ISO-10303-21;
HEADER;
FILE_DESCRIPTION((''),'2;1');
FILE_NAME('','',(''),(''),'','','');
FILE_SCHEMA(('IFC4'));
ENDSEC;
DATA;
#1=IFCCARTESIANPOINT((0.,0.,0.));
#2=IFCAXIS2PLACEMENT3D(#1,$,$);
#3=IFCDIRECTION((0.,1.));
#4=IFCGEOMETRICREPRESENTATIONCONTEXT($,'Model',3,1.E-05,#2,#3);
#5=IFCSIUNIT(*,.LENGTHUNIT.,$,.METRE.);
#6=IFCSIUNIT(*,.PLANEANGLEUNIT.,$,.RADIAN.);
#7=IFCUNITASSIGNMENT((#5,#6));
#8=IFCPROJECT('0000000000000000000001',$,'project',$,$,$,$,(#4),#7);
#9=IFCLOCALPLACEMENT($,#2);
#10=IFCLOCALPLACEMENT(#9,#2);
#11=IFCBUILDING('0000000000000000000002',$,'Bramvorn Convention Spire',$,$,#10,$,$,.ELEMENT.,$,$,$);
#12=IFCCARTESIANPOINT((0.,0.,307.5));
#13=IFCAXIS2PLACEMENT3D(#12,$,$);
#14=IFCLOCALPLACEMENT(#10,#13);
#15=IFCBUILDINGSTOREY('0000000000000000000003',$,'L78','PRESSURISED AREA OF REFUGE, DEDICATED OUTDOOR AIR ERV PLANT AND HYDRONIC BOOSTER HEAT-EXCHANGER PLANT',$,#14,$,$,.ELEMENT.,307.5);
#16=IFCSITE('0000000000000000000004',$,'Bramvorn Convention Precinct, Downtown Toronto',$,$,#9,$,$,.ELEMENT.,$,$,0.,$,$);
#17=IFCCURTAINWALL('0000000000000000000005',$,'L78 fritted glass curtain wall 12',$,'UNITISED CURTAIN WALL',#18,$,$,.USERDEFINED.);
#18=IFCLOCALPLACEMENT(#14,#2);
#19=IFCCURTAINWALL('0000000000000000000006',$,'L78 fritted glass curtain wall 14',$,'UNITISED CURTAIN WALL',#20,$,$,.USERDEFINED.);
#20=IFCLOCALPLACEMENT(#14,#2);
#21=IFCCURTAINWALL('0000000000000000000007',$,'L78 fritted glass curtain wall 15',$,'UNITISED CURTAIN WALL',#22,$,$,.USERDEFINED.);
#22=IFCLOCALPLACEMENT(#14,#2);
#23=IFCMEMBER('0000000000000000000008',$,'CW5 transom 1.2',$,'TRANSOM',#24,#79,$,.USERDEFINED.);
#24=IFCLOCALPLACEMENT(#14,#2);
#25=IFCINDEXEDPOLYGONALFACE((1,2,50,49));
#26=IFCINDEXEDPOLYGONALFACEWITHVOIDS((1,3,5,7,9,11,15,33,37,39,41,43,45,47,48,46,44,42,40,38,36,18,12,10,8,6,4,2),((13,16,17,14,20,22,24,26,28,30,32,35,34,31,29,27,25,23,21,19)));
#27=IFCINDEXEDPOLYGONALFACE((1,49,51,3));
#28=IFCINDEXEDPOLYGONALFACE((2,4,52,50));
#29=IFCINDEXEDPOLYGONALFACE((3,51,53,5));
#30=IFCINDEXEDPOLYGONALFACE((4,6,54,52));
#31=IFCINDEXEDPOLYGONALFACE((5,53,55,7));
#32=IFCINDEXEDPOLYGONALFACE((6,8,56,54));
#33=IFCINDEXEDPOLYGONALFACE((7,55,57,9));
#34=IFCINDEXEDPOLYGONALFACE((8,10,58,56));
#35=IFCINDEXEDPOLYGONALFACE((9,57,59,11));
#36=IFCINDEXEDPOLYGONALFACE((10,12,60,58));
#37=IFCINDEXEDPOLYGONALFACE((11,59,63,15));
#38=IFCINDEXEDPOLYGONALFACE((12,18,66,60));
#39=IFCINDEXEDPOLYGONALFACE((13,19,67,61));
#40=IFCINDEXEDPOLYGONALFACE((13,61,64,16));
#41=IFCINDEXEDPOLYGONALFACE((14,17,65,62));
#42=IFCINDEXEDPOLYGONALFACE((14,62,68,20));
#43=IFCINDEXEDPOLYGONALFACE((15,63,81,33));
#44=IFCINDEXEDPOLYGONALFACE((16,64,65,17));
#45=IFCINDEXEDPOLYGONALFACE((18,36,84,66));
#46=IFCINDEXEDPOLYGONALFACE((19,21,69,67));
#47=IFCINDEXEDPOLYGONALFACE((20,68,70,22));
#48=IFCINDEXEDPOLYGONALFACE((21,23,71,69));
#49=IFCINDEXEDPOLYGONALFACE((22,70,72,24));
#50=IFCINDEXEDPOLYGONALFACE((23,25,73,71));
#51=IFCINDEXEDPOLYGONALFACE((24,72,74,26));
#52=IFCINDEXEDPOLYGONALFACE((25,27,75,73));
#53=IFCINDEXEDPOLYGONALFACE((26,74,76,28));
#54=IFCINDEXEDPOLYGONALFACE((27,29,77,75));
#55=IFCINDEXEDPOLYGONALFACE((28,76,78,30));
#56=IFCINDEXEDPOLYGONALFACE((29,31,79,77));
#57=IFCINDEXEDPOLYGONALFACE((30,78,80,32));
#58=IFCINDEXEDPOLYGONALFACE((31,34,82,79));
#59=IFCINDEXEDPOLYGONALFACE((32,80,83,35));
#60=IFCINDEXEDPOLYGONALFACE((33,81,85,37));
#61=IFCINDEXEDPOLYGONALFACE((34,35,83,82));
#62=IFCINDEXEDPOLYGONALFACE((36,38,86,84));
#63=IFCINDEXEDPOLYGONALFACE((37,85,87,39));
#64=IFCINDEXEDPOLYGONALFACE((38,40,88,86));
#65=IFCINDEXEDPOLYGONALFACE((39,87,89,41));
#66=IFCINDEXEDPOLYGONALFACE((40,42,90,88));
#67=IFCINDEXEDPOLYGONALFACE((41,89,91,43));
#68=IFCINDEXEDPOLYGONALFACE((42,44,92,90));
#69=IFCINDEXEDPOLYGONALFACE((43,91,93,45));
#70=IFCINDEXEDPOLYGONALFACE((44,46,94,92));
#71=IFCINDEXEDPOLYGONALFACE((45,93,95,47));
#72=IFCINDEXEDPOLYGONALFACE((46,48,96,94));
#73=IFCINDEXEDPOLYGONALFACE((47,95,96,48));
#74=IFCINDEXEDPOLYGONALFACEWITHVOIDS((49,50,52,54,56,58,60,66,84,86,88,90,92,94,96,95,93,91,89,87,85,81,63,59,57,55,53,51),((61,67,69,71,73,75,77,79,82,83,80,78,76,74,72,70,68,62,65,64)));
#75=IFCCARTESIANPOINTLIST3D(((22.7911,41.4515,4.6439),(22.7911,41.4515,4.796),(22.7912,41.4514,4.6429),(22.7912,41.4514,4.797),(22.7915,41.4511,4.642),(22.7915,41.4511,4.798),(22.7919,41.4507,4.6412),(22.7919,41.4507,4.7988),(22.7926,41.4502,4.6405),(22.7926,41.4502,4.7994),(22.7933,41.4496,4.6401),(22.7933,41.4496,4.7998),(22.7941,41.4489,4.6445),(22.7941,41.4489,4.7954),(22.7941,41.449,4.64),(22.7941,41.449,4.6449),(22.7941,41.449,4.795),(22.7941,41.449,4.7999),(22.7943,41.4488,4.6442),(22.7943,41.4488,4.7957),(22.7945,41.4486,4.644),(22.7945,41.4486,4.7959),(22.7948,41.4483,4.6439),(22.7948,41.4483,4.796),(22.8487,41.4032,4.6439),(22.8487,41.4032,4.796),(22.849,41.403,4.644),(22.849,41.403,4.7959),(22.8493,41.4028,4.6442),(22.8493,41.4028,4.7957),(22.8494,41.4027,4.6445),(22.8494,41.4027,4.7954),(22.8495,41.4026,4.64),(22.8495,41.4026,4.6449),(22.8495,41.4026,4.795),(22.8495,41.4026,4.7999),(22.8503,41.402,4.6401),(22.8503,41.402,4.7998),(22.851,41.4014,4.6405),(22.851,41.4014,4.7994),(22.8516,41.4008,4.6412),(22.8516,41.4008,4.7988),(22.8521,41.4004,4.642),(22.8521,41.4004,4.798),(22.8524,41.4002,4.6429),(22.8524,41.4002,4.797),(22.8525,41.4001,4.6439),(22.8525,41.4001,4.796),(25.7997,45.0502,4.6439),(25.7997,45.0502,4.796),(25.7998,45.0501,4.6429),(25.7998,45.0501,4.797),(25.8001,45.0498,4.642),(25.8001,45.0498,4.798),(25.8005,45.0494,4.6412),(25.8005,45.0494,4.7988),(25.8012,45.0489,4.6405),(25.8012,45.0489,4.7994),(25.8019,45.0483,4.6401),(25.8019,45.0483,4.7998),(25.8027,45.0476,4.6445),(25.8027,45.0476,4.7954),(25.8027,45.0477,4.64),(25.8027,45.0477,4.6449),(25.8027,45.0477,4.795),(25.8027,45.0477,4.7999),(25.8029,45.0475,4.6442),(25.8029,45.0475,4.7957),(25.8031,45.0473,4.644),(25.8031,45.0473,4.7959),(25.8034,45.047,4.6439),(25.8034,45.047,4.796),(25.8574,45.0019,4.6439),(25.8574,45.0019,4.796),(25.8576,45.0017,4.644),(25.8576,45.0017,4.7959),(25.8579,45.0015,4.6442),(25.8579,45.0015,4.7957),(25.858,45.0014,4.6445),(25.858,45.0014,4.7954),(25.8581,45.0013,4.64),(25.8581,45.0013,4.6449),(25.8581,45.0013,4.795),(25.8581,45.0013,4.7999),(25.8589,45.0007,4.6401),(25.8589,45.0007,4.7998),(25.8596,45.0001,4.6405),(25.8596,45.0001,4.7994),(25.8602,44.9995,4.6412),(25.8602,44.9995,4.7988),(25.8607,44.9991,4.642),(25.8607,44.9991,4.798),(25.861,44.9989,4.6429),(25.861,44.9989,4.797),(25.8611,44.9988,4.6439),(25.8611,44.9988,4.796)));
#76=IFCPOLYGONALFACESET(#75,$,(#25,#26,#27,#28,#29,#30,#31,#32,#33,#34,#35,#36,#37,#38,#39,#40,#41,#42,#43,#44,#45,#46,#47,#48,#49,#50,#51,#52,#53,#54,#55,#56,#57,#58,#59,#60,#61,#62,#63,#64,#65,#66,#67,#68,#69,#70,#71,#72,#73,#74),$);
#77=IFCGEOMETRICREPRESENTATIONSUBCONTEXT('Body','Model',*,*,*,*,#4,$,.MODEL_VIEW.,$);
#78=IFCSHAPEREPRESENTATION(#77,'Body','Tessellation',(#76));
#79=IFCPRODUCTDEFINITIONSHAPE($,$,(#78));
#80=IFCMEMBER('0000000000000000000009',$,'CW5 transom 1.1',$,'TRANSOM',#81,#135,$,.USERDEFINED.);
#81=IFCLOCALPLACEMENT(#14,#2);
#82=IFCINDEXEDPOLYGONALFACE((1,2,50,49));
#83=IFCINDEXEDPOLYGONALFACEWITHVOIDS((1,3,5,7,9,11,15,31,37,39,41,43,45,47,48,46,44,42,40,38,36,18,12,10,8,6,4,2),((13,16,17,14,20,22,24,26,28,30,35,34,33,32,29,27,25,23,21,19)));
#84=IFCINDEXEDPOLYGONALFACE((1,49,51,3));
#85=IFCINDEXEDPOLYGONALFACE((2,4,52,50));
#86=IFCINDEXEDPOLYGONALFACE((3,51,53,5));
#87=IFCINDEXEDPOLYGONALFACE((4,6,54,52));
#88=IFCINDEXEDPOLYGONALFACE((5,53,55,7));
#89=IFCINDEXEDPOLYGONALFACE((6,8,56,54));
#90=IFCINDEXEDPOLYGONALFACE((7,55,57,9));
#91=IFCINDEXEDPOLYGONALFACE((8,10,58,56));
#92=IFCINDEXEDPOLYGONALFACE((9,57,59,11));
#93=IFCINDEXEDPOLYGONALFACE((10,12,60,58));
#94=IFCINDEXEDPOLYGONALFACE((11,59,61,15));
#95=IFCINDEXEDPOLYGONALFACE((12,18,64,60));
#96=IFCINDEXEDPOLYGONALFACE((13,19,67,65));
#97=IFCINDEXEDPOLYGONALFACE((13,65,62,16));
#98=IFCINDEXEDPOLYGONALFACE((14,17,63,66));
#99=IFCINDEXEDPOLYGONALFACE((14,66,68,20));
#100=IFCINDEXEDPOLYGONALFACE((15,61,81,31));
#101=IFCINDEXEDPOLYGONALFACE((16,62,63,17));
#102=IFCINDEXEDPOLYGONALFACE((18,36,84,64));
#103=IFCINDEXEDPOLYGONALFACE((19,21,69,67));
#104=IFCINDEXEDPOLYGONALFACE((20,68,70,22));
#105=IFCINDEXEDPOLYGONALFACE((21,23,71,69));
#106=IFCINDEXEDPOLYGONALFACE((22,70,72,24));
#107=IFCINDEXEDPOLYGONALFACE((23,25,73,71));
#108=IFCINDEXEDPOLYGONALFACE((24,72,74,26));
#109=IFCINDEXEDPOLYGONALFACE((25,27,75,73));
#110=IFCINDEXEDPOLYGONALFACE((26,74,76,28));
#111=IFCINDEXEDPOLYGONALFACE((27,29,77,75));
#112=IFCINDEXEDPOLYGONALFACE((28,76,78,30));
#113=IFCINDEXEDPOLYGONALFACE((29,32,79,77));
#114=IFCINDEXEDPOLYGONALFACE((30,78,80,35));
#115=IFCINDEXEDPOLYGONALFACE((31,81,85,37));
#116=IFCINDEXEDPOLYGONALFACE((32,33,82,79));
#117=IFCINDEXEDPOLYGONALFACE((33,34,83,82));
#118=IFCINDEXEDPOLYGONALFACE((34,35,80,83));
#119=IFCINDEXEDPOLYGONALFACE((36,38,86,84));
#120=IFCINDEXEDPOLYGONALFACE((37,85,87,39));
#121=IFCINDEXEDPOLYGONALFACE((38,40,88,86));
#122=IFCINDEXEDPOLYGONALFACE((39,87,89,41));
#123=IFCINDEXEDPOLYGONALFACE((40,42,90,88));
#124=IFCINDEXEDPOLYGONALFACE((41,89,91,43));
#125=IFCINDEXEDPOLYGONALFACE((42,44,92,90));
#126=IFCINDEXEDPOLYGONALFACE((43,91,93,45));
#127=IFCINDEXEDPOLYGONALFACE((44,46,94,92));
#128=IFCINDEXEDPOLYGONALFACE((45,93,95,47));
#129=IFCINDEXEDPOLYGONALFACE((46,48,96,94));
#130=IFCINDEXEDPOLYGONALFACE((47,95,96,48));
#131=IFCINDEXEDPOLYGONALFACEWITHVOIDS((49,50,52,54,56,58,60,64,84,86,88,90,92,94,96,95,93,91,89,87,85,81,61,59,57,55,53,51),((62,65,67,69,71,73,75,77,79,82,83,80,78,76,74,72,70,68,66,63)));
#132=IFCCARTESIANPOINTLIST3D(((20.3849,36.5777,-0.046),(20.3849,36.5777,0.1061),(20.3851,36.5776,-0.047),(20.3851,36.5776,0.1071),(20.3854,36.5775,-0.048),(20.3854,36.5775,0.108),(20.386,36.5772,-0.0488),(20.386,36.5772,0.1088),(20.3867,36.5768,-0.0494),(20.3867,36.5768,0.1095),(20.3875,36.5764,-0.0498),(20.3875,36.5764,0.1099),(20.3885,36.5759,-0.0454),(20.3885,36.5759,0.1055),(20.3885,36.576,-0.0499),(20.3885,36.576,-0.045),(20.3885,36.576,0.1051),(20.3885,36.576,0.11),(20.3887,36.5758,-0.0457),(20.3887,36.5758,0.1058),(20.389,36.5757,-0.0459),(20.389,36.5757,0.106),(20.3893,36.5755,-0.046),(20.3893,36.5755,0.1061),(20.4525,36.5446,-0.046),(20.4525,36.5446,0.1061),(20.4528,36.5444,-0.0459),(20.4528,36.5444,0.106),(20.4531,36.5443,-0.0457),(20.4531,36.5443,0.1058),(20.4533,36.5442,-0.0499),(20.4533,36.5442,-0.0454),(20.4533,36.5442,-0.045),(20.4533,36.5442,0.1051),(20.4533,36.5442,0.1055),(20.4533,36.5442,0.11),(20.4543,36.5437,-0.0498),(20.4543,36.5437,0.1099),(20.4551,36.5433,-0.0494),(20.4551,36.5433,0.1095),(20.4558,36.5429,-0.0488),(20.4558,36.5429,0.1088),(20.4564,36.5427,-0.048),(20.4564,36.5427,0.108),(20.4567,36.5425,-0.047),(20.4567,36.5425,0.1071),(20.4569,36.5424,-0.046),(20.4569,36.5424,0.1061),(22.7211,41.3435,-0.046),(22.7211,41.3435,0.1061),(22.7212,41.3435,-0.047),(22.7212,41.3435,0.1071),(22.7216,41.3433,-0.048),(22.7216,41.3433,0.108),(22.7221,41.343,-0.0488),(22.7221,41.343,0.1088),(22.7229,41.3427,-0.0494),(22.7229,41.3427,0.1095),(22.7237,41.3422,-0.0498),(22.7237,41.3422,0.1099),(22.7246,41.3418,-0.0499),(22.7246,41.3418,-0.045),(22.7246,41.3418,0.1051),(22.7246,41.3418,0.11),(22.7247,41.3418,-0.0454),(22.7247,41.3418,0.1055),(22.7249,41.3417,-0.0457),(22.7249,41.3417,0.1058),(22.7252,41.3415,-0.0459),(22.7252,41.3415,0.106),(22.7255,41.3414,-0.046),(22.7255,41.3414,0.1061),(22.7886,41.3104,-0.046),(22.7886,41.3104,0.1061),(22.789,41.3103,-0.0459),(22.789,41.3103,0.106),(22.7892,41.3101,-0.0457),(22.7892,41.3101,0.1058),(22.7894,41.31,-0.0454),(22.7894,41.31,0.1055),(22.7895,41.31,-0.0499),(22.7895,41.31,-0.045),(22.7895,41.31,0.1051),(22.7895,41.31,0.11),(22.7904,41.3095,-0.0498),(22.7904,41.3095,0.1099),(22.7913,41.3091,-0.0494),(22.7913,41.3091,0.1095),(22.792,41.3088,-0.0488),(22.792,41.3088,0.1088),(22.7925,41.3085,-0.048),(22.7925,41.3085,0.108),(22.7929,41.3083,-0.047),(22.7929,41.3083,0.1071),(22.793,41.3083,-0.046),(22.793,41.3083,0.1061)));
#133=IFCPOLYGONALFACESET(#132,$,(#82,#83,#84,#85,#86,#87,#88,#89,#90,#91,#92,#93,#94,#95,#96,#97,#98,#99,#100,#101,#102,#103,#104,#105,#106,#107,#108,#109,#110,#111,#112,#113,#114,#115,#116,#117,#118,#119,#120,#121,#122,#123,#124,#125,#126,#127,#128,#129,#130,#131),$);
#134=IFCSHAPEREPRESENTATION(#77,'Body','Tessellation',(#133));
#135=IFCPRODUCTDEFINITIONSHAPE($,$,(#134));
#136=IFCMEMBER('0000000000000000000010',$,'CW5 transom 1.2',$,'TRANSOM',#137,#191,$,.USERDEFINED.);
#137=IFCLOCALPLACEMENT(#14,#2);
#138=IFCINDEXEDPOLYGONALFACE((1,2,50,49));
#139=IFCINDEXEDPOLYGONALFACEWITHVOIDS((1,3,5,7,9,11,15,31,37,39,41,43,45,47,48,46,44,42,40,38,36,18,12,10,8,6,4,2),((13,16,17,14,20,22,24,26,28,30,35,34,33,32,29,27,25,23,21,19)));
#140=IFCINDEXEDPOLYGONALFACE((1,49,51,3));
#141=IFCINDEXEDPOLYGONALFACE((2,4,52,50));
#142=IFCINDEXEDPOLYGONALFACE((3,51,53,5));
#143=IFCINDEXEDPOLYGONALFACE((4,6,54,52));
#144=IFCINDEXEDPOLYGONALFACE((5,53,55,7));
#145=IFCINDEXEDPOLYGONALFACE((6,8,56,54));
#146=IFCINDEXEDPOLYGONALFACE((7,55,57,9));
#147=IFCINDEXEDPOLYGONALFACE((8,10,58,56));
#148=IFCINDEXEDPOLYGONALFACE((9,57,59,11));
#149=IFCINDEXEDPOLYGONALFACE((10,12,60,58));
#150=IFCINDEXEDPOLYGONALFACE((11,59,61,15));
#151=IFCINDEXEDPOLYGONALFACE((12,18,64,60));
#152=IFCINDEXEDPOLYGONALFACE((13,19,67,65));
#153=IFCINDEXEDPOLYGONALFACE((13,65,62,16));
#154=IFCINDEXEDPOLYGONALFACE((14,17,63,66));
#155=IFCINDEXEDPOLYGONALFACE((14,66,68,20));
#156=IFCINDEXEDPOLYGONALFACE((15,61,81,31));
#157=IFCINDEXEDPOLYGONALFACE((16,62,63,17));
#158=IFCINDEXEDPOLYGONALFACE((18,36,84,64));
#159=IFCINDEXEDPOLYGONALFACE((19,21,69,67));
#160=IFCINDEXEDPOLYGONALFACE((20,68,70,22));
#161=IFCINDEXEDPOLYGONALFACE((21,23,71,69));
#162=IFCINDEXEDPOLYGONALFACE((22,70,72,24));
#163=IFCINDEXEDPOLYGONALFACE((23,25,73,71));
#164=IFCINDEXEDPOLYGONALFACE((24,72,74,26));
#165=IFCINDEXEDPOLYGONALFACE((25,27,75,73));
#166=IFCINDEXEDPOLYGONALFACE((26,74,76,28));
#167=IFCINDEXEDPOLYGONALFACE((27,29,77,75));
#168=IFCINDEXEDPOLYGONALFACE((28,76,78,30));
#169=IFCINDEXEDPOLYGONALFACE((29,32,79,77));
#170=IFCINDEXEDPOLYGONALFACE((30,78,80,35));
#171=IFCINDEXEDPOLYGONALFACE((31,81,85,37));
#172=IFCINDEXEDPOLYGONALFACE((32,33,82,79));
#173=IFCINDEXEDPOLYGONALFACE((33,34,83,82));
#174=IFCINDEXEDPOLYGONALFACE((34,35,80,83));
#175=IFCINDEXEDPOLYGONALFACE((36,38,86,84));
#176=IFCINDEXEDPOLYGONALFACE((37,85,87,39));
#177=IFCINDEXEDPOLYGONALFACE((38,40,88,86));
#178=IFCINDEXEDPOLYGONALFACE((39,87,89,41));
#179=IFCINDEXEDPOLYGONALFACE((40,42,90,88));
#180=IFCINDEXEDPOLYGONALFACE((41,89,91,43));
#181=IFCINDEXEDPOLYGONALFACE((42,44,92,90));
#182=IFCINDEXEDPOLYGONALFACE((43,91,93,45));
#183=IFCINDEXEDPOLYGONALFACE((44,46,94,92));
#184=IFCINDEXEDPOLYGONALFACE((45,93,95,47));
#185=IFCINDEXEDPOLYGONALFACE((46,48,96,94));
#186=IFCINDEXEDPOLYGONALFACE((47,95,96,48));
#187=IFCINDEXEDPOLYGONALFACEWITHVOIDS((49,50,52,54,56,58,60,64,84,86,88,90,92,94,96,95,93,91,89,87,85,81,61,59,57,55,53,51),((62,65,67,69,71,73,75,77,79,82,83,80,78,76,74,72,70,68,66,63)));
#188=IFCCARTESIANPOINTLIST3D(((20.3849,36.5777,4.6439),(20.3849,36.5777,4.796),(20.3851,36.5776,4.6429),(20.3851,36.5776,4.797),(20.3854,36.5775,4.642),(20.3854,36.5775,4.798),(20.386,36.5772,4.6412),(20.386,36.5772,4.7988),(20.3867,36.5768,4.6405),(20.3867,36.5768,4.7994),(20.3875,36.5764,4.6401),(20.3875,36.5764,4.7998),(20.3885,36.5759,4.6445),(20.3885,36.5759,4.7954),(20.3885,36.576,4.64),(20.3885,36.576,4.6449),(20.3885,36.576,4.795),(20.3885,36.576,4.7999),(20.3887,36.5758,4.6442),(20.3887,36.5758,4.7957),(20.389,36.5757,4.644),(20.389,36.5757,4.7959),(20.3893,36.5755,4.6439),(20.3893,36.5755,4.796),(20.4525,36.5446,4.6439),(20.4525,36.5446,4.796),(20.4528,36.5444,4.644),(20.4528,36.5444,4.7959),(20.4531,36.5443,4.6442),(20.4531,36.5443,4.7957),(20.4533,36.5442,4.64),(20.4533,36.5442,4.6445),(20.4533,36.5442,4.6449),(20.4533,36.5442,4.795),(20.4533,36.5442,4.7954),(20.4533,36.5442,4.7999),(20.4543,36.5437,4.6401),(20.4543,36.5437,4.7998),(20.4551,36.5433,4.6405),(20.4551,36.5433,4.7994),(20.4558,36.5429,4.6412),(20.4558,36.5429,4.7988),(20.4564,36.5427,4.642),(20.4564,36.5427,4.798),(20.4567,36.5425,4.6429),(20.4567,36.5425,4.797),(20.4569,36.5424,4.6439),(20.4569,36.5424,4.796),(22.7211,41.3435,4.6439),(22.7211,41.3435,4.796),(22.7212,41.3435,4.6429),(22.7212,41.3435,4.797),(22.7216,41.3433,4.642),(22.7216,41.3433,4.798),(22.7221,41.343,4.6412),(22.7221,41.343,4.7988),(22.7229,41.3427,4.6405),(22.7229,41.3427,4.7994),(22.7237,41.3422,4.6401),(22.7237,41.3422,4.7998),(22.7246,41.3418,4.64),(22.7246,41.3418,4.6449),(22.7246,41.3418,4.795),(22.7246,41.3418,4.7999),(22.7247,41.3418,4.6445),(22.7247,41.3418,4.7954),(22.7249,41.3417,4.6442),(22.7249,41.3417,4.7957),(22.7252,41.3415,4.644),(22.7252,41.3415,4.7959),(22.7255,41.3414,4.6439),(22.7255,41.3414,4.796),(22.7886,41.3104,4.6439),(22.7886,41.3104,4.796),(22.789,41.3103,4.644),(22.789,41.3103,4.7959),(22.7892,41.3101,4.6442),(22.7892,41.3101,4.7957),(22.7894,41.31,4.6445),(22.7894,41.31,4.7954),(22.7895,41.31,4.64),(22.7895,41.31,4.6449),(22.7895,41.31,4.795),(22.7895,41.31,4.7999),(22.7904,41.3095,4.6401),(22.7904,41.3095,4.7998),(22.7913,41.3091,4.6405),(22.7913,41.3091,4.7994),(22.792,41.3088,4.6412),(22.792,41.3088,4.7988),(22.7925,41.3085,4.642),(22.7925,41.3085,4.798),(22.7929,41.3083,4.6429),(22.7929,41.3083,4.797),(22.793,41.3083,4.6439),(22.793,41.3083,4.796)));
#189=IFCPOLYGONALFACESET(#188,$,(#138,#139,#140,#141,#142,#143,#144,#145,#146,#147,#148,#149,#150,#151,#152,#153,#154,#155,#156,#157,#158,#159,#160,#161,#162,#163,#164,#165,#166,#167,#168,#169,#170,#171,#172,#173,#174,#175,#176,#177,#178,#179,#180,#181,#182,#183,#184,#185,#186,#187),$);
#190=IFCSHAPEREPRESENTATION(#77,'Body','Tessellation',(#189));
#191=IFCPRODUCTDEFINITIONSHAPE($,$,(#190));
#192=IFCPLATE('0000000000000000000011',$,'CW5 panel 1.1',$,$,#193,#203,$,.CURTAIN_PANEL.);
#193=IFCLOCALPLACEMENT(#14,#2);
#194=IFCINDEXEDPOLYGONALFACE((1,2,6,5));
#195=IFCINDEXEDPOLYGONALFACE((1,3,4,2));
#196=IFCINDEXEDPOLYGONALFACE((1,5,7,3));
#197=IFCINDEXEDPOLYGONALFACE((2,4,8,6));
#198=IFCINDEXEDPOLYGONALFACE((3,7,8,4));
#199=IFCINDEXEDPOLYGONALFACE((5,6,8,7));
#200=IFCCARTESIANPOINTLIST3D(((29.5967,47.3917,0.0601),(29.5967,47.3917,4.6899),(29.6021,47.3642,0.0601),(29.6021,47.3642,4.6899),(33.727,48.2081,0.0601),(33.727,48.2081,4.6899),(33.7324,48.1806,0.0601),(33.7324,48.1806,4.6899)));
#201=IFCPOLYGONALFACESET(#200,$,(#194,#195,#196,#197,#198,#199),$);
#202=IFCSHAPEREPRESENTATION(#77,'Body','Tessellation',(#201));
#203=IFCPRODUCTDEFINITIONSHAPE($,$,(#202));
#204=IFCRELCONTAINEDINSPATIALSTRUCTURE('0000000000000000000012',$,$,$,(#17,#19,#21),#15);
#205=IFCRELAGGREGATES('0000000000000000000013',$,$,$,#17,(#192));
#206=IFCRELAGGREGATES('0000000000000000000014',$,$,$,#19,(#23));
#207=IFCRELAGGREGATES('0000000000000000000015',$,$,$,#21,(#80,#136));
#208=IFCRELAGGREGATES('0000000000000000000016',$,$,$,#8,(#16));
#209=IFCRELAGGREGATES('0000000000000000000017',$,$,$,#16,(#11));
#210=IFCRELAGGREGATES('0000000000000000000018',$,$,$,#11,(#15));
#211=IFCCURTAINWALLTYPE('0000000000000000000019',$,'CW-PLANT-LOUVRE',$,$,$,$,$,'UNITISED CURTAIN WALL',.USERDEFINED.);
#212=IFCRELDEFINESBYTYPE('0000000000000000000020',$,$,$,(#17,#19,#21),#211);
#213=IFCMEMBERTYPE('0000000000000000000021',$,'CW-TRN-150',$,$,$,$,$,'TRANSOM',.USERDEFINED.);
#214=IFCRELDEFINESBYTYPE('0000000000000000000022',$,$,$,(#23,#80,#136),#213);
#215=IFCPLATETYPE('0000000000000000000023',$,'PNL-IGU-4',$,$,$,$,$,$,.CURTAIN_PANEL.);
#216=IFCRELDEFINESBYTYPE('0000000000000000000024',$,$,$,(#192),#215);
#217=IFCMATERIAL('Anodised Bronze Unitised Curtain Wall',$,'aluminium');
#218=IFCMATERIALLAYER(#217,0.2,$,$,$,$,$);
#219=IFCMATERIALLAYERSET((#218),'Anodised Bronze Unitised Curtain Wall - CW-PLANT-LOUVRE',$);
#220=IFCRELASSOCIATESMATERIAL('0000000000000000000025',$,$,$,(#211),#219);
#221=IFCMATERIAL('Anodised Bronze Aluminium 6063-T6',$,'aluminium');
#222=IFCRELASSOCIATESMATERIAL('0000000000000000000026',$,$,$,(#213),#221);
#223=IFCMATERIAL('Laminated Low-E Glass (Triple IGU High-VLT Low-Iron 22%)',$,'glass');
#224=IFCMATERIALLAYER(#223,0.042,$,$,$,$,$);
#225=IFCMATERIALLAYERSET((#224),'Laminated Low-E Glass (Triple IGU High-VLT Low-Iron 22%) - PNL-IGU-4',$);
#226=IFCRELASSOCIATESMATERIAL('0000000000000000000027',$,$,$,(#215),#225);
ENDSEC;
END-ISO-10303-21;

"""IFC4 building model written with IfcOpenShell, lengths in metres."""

from ifc_helpers import new_model, si_unit, direction, frame, origin, origin_2d, place, context, subcontext, project, spatial, rectangle, hollow_rectangle, extrude, material, layer, layer_set, material_profile, profile_set, type_object, element, aggregate, save


model = new_model("IFC4")

# Units and contexts
model_context = context("Model", 3, precision=1e-05, world=origin(), true_north=direction((0.0, 1.0)))
body_context = subcontext(model_context, "Body", "Model", "MODEL_VIEW")
ifc_project = project(units=[si_unit("LENGTHUNIT", "METRE"), si_unit("PLANEANGLEUNIT", "RADIAN")], contexts=[model_context])

# Site, building, storey
site_placement = place(None, origin())
site = spatial("IfcSite", under=ifc_project, at=site_placement, Name="Bramvorn Convention Precinct, Downtown Toronto", CompositionType="ELEMENT", RefElevation=0.0)
building_placement = place(site_placement, origin())
building = spatial("IfcBuilding", under=site, at=building_placement, Name="Bramvorn Convention Spire", CompositionType="ELEMENT")
storey_placement = place(building_placement, frame((0.0, 0.0, 307.5)))
storey = spatial("IfcBuildingStorey", under=building, at=storey_placement, Name="L78", Description="PRESSURISED AREA OF REFUGE, DEDICATED OUTDOOR AIR ERV PLANT AND HYDRONIC BOOSTER HEAT-EXCHANGER PLANT", CompositionType="ELEMENT", Elevation=307.5)

# Shared definitions
ifc_material_1 = material(Name="Anodised Bronze Unitised Curtain Wall", Category="aluminium")
ifc_layer_1 = layer(ifc_material_1, 0.2)
ifc_layer_set_1 = layer_set([ifc_layer_1], Name="Anodised Bronze Unitised Curtain Wall - CW-PLANT-LOUVRE")
curtain_wall_type = type_object("IfcCurtainWallType", Name="CW-PLANT-LOUVRE", ElementType="UNITISED CURTAIN WALL", PredefinedType="USERDEFINED", material=ifc_layer_set_1)
ifc_material_2 = material(Name="Anodised Bronze Aluminium 6063-T6", Category="aluminium")

# Curtain walls
curtain_wall_1_placement = place(storey_placement, origin())
curtain_wall_1 = element("IfcCurtainWall", 1, at=curtain_wall_1_placement, inside=storey, type_object=curtain_wall_type, Name="L78 fritted glass curtain wall 12", ObjectType="UNITISED CURTAIN WALL", PredefinedType="USERDEFINED")
curtain_wall_2_placement = place(storey_placement, origin())
curtain_wall_2 = element("IfcCurtainWall", 2, at=curtain_wall_2_placement, inside=storey, type_object=curtain_wall_type, Name="L78 fritted glass curtain wall 14", ObjectType="UNITISED CURTAIN WALL", PredefinedType="USERDEFINED")
curtain_wall_3_placement = place(storey_placement, origin())
curtain_wall_3 = element("IfcCurtainWall", 3, at=curtain_wall_3_placement, inside=storey, type_object=curtain_wall_type, Name="L78 fritted glass curtain wall 15", ObjectType="UNITISED CURTAIN WALL", PredefinedType="USERDEFINED")

# Members
ifc_material_profile_1 = material_profile(ifc_material_2, hollow_rectangle(XDim=0.0801, YDim=0.1599, WallThickness=0.0039, InnerFilletRadius=0.001, OuterFilletRadius=0.0039, at=origin_2d()))
ifc_profile_set_1 = profile_set([ifc_material_profile_1], Name="Anodised Bronze Aluminium 6063-T6 - CWT80X160")
member_type_1 = type_object("IfcMemberType", Name="CW-TRN-150", ElementType="TRANSOM", PredefinedType="USERDEFINED", material=ifc_profile_set_1)
member_1_placement = place(storey_placement, frame((22.8218, 41.4258, 4.72), z_axis=(0.641402, 0.767205, 0.0), x_axis=(-0.767205, 0.641402, 0.0)))
member_1 = element("IfcMember", 4, at=member_1_placement, type_object=member_type_1, Name="CW5 transom 1.2", ObjectType="TRANSOM", PredefinedType="USERDEFINED", context=body_context, shape_type="SweptSolid", body=[
    extrude(hollow_rectangle(XDim=0.0801, YDim=0.1599, WallThickness=0.0039, InnerFilletRadius=0.001, OuterFilletRadius=0.0039, at=origin_2d()), origin(), (0.0, 0.0, 1.0), 4.6907),
])
member_2_placement = place(storey_placement, frame((20.4209, 36.5601, 0.03), z_axis=(0.440153, 0.897923, 0.0), x_axis=(-0.897923, 0.440153, 0.0)))
member_2 = element("IfcMember", 5, at=member_2_placement, type_object=member_type_1, Name="CW5 transom 1.1", ObjectType="TRANSOM", PredefinedType="USERDEFINED", context=body_context, shape_type="SweptSolid", body=[
    extrude(hollow_rectangle(XDim=0.0801, YDim=0.1599, WallThickness=0.0039, InnerFilletRadius=0.001, OuterFilletRadius=0.0039, at=origin_2d()), origin(), (0.0, 0.0, 1.0), 5.3076),
])
member_3_placement = place(storey_placement, frame((20.4209, 36.5601, 4.72), z_axis=(0.440153, 0.897923, 0.0), x_axis=(-0.897923, 0.440153, 0.0)))
member_3 = element("IfcMember", 6, at=member_3_placement, type_object=member_type_1, Name="CW5 transom 1.2", ObjectType="TRANSOM", PredefinedType="USERDEFINED", context=body_context, shape_type="SweptSolid", body=[
    extrude(hollow_rectangle(XDim=0.0801, YDim=0.1599, WallThickness=0.0039, InnerFilletRadius=0.001, OuterFilletRadius=0.0039, at=origin_2d()), origin(), (0.0, 0.0, 1.0), 5.3076),
])

# Plate
ifc_material_3 = material(Name="Laminated Low-E Glass (Triple IGU High-VLT Low-Iron 22%)", Category="glass")
ifc_layer_2 = layer(ifc_material_3, 0.042)
ifc_layer_set_2 = layer_set([ifc_layer_2], Name="Laminated Low-E Glass (Triple IGU High-VLT Low-Iron 22%) - PNL-IGU-4")
plate_type = type_object("IfcPlateType", Name="PNL-IGU-4", PredefinedType="CURTAIN_PANEL", material=ifc_layer_set_2)
plate_1_placement = place(storey_placement, frame((31.6646, 47.7861, 0.0601), z_axis=(0.0, 0.0, 1.0), x_axis=(0.981019, 0.193913, 0.0)))
plate_1 = element("IfcPlate", 7, at=plate_1_placement, type_object=plate_type, Name="CW5 panel 1.1", PredefinedType="CURTAIN_PANEL", context=body_context, shape_type="SweptSolid", body=[
    extrude(rectangle(XDim=4.2102, YDim=0.0281, at=origin_2d()), origin(), (0.0, 0.0, 1.0), 4.6299),
])
aggregate(curtain_wall_1, [plate_1])
aggregate(curtain_wall_2, [member_1])
aggregate(curtain_wall_3, [member_2, member_3])

save(model, "model.ifc")
